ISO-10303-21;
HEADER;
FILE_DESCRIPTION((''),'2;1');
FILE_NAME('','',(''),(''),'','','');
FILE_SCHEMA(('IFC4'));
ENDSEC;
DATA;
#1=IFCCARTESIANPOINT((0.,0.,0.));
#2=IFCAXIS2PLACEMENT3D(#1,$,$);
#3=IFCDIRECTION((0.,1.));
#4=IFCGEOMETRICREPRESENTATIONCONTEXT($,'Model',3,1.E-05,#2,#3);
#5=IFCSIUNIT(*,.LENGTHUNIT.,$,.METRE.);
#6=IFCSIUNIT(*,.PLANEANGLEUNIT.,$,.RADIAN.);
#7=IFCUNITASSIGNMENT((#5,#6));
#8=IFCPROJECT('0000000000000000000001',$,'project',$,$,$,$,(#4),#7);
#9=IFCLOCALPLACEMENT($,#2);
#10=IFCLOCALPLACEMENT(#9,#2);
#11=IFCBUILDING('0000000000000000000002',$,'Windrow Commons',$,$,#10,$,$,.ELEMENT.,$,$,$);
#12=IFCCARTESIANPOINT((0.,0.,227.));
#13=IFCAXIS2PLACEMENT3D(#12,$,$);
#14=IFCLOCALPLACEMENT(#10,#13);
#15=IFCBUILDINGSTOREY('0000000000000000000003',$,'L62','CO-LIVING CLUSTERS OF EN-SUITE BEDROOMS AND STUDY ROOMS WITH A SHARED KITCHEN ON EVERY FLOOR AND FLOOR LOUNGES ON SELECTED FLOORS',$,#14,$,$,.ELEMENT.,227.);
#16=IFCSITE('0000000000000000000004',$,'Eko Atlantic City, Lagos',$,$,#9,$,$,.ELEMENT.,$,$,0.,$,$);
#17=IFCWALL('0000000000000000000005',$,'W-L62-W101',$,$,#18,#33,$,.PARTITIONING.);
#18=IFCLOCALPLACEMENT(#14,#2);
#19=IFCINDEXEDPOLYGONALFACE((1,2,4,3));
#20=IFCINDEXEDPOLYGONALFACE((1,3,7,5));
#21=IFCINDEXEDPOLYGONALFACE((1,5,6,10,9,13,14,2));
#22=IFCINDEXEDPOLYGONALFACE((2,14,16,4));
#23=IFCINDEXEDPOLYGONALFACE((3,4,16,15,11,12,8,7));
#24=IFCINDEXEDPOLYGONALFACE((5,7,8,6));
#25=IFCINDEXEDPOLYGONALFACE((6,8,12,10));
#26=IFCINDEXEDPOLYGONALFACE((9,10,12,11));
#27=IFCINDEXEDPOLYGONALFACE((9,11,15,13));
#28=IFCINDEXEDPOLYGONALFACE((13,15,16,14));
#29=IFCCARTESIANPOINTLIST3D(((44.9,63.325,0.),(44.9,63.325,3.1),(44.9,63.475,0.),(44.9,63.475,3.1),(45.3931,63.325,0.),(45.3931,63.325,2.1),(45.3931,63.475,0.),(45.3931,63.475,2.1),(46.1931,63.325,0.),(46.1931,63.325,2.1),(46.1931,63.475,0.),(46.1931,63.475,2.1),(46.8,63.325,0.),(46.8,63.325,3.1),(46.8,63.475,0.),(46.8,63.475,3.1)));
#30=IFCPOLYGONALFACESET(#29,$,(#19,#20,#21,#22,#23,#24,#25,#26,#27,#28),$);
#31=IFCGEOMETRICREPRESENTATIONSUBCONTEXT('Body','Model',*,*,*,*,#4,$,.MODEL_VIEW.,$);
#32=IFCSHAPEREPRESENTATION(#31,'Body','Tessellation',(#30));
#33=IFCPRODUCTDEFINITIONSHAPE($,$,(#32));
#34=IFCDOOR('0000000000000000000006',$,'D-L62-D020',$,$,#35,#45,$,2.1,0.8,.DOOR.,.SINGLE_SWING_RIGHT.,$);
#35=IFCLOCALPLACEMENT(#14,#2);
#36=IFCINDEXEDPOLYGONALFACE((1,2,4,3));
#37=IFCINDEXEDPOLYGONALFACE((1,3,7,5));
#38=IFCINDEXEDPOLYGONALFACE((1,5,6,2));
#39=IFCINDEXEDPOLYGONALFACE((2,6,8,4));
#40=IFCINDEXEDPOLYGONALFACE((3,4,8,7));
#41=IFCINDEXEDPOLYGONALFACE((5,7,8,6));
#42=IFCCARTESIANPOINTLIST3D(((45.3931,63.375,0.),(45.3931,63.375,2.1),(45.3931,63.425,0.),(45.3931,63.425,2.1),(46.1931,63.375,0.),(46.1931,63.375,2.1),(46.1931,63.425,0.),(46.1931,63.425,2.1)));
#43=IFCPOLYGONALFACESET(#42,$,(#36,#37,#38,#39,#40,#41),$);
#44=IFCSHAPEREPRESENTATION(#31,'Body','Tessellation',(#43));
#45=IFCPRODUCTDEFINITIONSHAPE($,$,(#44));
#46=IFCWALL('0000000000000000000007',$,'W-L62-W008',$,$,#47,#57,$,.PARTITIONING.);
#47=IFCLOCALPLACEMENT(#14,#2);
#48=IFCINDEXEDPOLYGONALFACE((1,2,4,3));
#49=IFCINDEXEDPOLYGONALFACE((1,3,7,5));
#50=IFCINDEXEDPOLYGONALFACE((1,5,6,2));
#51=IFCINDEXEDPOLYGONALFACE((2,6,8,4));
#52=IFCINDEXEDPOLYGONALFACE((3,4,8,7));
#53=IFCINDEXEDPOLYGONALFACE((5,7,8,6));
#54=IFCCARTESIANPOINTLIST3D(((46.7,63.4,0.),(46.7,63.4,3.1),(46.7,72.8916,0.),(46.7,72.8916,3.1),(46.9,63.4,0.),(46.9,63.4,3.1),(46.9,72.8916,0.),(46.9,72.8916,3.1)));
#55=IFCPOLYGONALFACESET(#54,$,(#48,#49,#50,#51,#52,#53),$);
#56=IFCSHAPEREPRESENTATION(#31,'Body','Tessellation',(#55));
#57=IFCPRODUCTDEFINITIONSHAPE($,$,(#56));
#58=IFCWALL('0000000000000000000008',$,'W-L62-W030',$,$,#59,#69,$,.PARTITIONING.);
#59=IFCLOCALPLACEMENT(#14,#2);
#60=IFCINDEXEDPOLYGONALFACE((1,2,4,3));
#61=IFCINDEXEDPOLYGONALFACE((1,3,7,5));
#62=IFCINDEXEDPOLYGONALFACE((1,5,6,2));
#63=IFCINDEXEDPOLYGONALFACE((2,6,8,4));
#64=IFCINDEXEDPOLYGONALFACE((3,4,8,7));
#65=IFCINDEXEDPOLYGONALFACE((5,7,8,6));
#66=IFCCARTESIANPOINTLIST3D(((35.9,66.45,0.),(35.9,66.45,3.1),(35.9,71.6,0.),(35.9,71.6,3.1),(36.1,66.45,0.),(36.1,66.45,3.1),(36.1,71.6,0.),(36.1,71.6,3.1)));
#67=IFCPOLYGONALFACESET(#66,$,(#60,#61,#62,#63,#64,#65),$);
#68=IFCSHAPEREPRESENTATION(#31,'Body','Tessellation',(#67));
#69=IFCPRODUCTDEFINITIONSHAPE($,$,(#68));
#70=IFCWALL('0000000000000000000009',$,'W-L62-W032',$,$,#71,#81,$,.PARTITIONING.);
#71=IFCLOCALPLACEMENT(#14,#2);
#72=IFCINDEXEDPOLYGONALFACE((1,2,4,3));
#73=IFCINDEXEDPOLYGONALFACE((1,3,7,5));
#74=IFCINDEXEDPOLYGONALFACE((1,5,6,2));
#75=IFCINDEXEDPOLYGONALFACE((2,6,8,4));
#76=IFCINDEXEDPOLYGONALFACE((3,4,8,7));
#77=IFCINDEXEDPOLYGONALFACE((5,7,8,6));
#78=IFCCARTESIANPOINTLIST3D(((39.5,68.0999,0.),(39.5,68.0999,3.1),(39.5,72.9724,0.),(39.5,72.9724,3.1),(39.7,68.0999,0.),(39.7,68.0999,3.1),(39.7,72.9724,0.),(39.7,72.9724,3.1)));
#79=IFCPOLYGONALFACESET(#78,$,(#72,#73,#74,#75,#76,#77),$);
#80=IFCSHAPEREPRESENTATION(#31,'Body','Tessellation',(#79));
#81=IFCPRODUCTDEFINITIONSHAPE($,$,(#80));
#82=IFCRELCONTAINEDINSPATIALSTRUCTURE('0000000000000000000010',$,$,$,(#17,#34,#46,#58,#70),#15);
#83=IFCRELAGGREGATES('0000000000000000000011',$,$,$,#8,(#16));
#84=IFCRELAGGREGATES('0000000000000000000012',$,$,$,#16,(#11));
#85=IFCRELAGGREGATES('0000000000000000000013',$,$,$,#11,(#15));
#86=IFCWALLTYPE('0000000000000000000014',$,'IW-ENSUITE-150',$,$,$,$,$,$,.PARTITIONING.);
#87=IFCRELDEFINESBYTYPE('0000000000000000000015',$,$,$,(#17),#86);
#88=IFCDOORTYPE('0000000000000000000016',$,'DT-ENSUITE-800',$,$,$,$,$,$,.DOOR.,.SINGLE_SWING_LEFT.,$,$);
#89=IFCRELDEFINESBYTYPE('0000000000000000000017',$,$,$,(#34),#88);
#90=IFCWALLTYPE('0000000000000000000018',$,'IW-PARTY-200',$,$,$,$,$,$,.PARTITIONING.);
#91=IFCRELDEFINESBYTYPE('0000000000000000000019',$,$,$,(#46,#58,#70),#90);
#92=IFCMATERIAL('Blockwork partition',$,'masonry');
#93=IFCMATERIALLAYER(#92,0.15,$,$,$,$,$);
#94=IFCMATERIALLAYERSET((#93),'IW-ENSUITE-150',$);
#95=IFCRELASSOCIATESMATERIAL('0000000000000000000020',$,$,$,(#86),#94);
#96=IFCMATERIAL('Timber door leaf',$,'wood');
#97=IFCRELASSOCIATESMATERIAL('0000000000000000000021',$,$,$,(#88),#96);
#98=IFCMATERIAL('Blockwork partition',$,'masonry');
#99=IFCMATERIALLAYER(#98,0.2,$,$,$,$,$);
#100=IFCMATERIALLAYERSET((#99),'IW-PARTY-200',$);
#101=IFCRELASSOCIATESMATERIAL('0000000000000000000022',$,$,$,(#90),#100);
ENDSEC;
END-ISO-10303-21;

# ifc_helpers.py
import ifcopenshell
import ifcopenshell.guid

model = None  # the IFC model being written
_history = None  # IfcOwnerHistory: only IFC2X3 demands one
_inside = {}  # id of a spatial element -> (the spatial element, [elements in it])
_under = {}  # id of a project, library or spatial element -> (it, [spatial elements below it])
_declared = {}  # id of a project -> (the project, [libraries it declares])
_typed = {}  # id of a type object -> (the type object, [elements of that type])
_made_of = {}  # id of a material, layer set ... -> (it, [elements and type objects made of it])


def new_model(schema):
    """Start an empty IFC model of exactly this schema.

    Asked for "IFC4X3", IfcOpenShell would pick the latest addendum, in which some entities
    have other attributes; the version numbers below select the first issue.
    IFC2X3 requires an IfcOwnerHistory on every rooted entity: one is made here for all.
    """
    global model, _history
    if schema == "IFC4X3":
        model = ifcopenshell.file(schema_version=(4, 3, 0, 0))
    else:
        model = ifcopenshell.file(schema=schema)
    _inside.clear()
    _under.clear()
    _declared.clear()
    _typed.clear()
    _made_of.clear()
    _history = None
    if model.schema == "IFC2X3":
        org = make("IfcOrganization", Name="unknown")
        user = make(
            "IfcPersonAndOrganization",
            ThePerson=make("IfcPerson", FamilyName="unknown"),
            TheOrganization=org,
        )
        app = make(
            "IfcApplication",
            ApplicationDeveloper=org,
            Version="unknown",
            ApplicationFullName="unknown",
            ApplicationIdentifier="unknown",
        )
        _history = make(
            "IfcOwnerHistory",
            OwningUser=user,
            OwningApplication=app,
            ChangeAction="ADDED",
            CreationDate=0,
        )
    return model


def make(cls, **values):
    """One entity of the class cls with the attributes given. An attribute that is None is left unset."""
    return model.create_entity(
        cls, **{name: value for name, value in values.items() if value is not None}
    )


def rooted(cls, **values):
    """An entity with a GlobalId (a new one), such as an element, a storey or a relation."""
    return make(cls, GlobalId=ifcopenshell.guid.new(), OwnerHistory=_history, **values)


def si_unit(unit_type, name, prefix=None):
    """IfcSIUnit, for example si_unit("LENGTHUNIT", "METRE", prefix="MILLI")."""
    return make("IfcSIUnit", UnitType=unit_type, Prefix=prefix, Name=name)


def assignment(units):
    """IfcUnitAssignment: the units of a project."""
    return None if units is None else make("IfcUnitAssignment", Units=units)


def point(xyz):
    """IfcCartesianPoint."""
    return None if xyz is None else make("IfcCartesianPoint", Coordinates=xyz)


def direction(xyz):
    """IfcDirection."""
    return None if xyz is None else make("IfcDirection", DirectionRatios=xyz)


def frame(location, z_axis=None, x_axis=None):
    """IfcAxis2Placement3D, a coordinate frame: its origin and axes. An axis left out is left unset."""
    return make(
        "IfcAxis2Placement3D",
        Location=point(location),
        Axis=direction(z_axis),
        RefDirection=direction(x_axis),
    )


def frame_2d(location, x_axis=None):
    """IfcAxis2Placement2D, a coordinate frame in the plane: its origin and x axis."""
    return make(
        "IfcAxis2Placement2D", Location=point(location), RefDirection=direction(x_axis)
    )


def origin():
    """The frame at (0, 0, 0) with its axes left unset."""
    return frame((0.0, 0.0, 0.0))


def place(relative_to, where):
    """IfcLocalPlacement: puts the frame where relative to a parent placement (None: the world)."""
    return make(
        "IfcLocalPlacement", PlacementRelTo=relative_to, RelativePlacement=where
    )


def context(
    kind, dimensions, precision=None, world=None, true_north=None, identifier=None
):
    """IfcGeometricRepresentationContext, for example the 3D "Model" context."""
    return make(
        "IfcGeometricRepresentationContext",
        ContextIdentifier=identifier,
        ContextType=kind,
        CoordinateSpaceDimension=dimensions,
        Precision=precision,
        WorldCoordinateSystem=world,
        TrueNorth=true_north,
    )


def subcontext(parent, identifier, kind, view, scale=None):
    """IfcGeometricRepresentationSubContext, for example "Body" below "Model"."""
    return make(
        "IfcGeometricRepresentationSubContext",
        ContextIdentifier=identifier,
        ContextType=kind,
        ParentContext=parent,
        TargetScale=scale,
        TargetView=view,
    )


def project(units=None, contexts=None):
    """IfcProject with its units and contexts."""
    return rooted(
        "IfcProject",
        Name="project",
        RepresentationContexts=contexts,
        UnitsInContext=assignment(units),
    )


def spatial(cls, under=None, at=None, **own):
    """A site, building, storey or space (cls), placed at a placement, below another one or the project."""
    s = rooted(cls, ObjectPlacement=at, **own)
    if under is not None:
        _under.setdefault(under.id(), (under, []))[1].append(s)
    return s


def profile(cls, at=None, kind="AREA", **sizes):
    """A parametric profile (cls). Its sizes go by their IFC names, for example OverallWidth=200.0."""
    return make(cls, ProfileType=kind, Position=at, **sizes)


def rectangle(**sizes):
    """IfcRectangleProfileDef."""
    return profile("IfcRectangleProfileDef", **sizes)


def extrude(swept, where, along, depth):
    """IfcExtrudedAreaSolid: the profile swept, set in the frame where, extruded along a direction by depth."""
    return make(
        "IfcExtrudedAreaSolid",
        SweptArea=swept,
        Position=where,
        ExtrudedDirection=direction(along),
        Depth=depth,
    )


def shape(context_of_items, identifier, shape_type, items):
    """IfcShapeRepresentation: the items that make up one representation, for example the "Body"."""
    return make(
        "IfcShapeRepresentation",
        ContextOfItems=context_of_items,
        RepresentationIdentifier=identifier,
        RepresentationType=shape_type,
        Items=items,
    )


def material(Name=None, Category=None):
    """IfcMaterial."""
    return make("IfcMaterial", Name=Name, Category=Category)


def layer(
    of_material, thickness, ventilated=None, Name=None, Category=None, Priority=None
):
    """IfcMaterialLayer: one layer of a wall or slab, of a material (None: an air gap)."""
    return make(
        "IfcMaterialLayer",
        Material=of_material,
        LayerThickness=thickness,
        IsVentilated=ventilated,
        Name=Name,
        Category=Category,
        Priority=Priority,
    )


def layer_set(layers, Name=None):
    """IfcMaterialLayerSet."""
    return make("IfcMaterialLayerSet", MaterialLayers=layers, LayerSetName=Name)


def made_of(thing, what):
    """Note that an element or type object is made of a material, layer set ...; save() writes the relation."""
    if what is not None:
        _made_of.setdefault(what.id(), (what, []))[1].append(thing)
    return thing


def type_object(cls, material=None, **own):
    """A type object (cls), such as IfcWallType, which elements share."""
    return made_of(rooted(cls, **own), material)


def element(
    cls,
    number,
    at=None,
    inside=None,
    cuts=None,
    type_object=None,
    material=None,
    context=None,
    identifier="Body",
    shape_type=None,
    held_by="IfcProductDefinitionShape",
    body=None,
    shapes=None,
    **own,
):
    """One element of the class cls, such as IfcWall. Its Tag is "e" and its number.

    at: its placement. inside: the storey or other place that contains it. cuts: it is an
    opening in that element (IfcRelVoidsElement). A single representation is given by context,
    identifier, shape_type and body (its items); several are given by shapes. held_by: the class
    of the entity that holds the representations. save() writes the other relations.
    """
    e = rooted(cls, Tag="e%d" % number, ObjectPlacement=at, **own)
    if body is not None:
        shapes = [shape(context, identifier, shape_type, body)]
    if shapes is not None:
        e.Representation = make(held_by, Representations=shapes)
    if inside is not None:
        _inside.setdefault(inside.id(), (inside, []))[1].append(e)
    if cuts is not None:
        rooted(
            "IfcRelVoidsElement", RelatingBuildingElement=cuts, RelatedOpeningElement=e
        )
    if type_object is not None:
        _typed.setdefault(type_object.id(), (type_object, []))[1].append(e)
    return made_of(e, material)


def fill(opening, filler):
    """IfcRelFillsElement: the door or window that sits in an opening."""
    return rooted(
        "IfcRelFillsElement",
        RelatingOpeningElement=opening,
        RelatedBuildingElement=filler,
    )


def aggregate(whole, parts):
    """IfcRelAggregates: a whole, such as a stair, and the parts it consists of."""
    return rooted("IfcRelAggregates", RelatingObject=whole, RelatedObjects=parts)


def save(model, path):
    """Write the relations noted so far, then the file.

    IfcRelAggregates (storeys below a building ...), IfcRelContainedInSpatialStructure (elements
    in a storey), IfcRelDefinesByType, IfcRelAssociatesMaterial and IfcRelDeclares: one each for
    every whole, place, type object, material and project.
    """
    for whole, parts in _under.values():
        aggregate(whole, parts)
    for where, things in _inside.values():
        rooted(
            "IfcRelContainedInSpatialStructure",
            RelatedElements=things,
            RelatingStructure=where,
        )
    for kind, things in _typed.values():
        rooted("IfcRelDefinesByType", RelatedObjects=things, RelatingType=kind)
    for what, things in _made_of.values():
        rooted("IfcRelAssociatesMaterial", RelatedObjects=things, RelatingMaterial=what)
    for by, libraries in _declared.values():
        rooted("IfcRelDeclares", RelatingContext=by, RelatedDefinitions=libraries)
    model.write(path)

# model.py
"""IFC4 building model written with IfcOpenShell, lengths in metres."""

from ifc_helpers import new_model, si_unit, direction, frame, frame_2d, origin, place, context, subcontext, project, spatial, rectangle, extrude, material, layer, layer_set, type_object, element, fill, save


model = new_model("IFC4")

# Units and contexts
model_context = context("Model", 3, precision=1e-05, world=origin(), true_north=direction((0.0, 1.0)))
body_context = subcontext(model_context, "Body", "Model", "MODEL_VIEW")
ifc_project = project(units=[si_unit("LENGTHUNIT", "METRE"), si_unit("PLANEANGLEUNIT", "RADIAN")], contexts=[model_context])

# Site, building, storey
site_placement = place(None, origin())
site = spatial("IfcSite", under=ifc_project, at=site_placement, Name="Eko Atlantic City, Lagos", CompositionType="ELEMENT", RefElevation=0.0)
building_placement = place(site_placement, origin())
building = spatial("IfcBuilding", under=site, at=building_placement, Name="Windrow Commons", CompositionType="ELEMENT")
storey_placement = place(building_placement, frame((0.0, 0.0, 227.0)))
storey = spatial("IfcBuildingStorey", under=building, at=storey_placement, Name="L62", Description="CO-LIVING CLUSTERS OF EN-SUITE BEDROOMS AND STUDY ROOMS WITH A SHARED KITCHEN ON EVERY FLOOR AND FLOOR LOUNGES ON SELECTED FLOORS", CompositionType="ELEMENT", Elevation=227.0)

# Shared definitions
ifc_material_1 = material(Name="Blockwork partition", Category="masonry")
ifc_layer_1 = layer(ifc_material_1, 0.15)
ifc_layer_set_1 = layer_set([ifc_layer_1], Name="IW-ENSUITE-150")
wall_type_1 = type_object("IfcWallType", Name="IW-ENSUITE-150", PredefinedType="PARTITIONING", material=ifc_layer_set_1)

# Wall, opening, door
ifc_material_2 = material(Name="Timber door leaf", Category="wood")
door_type = type_object("IfcDoorType", Name="DT-ENSUITE-800", OperationType="SINGLE_SWING_LEFT", PredefinedType="DOOR", material=ifc_material_2)
wall_1_placement = place(storey_placement, frame((44.9, 63.4, 0.0), z_axis=(0.0, 0.0, 1.0), x_axis=(1.0, 0.0, 0.0)))
wall_1 = element("IfcWall", 1, at=wall_1_placement, inside=storey, type_object=wall_type_1, Name="W-L62-W101", PredefinedType="PARTITIONING", context=body_context, shape_type="SweptSolid", body=[
    extrude(rectangle(XDim=1.9, YDim=0.15, at=frame_2d((0.95, 0.0))), origin(), (0.0, 0.0, 1.0), 3.1),
])
opening_1_placement = place(wall_1_placement, frame((0.4931, 0.0, 0.0)))
opening_1 = element("IfcOpeningElement", 2, at=opening_1_placement, cuts=wall_1, PredefinedType="OPENING", context=body_context, shape_type="SweptSolid", body=[
    extrude(rectangle(XDim=0.8, YDim=2.1, at=frame_2d((0.4, 1.05))), frame((0.0, 0.085, 0.0), z_axis=(0.0, -1.0, 0.0), x_axis=(1.0, 0.0, 0.0)), (0.0, 0.0, 1.0), 0.17),
])
door_1_placement = place(opening_1_placement, origin())
door_1 = element("IfcDoor", 3, at=door_1_placement, inside=storey, type_object=door_type, Name="D-L62-D020", OperationType="SINGLE_SWING_RIGHT", OverallHeight=2.1, OverallWidth=0.8, PredefinedType="DOOR", context=body_context, shape_type="SweptSolid", body=[
    extrude(rectangle(XDim=0.8, YDim=2.1, at=frame_2d((0.4, 1.05))), frame((0.0, 0.025, 0.0), z_axis=(0.0, -1.0, 0.0), x_axis=(1.0, 0.0, 0.0)), (0.0, 0.0, 1.0), 0.05),
])
fill(opening_1, door_1)

# Walls
ifc_material_3 = material(Name="Blockwork partition", Category="masonry")
ifc_layer_2 = layer(ifc_material_3, 0.2)
ifc_layer_set_2 = layer_set([ifc_layer_2], Name="IW-PARTY-200")
wall_type_2 = type_object("IfcWallType", Name="IW-PARTY-200", PredefinedType="PARTITIONING", material=ifc_layer_set_2)
wall_2_placement = place(storey_placement, frame((46.8, 63.4, 0.0), z_axis=(0.0, 0.0, 1.0), x_axis=(0.0, 1.0, 0.0)))
element("IfcWall", 4, at=wall_2_placement, inside=storey, type_object=wall_type_2, Name="W-L62-W008", PredefinedType="PARTITIONING", context=body_context, shape_type="SweptSolid", body=[
    extrude(rectangle(XDim=9.4917, YDim=0.2, at=frame_2d((4.7458, 0.0))), origin(), (0.0, 0.0, 1.0), 3.1),
])
wall_3_placement = place(storey_placement, frame((36.0, 66.45, 0.0), z_axis=(0.0, 0.0, 1.0), x_axis=(0.0, 1.0, 0.0)))
element("IfcWall", 5, at=wall_3_placement, inside=storey, type_object=wall_type_2, Name="W-L62-W030", PredefinedType="PARTITIONING", context=body_context, shape_type="SweptSolid", body=[
    extrude(rectangle(XDim=5.15, YDim=0.2, at=frame_2d((2.575, 0.0))), origin(), (0.0, 0.0, 1.0), 3.1),
])
wall_4_placement = place(storey_placement, frame((39.6, 68.1, 0.0), z_axis=(0.0, 0.0, 1.0), x_axis=(0.0, 1.0, 0.0)))
element("IfcWall", 6, at=wall_4_placement, inside=storey, type_object=wall_type_2, Name="W-L62-W032", PredefinedType="PARTITIONING", context=body_context, shape_type="SweptSolid", body=[
    extrude(rectangle(XDim=4.8725, YDim=0.2, at=frame_2d((2.4362, 0.0))), origin(), (0.0, 0.0, 1.0), 3.1),
])

save(model, "model.ifc")
